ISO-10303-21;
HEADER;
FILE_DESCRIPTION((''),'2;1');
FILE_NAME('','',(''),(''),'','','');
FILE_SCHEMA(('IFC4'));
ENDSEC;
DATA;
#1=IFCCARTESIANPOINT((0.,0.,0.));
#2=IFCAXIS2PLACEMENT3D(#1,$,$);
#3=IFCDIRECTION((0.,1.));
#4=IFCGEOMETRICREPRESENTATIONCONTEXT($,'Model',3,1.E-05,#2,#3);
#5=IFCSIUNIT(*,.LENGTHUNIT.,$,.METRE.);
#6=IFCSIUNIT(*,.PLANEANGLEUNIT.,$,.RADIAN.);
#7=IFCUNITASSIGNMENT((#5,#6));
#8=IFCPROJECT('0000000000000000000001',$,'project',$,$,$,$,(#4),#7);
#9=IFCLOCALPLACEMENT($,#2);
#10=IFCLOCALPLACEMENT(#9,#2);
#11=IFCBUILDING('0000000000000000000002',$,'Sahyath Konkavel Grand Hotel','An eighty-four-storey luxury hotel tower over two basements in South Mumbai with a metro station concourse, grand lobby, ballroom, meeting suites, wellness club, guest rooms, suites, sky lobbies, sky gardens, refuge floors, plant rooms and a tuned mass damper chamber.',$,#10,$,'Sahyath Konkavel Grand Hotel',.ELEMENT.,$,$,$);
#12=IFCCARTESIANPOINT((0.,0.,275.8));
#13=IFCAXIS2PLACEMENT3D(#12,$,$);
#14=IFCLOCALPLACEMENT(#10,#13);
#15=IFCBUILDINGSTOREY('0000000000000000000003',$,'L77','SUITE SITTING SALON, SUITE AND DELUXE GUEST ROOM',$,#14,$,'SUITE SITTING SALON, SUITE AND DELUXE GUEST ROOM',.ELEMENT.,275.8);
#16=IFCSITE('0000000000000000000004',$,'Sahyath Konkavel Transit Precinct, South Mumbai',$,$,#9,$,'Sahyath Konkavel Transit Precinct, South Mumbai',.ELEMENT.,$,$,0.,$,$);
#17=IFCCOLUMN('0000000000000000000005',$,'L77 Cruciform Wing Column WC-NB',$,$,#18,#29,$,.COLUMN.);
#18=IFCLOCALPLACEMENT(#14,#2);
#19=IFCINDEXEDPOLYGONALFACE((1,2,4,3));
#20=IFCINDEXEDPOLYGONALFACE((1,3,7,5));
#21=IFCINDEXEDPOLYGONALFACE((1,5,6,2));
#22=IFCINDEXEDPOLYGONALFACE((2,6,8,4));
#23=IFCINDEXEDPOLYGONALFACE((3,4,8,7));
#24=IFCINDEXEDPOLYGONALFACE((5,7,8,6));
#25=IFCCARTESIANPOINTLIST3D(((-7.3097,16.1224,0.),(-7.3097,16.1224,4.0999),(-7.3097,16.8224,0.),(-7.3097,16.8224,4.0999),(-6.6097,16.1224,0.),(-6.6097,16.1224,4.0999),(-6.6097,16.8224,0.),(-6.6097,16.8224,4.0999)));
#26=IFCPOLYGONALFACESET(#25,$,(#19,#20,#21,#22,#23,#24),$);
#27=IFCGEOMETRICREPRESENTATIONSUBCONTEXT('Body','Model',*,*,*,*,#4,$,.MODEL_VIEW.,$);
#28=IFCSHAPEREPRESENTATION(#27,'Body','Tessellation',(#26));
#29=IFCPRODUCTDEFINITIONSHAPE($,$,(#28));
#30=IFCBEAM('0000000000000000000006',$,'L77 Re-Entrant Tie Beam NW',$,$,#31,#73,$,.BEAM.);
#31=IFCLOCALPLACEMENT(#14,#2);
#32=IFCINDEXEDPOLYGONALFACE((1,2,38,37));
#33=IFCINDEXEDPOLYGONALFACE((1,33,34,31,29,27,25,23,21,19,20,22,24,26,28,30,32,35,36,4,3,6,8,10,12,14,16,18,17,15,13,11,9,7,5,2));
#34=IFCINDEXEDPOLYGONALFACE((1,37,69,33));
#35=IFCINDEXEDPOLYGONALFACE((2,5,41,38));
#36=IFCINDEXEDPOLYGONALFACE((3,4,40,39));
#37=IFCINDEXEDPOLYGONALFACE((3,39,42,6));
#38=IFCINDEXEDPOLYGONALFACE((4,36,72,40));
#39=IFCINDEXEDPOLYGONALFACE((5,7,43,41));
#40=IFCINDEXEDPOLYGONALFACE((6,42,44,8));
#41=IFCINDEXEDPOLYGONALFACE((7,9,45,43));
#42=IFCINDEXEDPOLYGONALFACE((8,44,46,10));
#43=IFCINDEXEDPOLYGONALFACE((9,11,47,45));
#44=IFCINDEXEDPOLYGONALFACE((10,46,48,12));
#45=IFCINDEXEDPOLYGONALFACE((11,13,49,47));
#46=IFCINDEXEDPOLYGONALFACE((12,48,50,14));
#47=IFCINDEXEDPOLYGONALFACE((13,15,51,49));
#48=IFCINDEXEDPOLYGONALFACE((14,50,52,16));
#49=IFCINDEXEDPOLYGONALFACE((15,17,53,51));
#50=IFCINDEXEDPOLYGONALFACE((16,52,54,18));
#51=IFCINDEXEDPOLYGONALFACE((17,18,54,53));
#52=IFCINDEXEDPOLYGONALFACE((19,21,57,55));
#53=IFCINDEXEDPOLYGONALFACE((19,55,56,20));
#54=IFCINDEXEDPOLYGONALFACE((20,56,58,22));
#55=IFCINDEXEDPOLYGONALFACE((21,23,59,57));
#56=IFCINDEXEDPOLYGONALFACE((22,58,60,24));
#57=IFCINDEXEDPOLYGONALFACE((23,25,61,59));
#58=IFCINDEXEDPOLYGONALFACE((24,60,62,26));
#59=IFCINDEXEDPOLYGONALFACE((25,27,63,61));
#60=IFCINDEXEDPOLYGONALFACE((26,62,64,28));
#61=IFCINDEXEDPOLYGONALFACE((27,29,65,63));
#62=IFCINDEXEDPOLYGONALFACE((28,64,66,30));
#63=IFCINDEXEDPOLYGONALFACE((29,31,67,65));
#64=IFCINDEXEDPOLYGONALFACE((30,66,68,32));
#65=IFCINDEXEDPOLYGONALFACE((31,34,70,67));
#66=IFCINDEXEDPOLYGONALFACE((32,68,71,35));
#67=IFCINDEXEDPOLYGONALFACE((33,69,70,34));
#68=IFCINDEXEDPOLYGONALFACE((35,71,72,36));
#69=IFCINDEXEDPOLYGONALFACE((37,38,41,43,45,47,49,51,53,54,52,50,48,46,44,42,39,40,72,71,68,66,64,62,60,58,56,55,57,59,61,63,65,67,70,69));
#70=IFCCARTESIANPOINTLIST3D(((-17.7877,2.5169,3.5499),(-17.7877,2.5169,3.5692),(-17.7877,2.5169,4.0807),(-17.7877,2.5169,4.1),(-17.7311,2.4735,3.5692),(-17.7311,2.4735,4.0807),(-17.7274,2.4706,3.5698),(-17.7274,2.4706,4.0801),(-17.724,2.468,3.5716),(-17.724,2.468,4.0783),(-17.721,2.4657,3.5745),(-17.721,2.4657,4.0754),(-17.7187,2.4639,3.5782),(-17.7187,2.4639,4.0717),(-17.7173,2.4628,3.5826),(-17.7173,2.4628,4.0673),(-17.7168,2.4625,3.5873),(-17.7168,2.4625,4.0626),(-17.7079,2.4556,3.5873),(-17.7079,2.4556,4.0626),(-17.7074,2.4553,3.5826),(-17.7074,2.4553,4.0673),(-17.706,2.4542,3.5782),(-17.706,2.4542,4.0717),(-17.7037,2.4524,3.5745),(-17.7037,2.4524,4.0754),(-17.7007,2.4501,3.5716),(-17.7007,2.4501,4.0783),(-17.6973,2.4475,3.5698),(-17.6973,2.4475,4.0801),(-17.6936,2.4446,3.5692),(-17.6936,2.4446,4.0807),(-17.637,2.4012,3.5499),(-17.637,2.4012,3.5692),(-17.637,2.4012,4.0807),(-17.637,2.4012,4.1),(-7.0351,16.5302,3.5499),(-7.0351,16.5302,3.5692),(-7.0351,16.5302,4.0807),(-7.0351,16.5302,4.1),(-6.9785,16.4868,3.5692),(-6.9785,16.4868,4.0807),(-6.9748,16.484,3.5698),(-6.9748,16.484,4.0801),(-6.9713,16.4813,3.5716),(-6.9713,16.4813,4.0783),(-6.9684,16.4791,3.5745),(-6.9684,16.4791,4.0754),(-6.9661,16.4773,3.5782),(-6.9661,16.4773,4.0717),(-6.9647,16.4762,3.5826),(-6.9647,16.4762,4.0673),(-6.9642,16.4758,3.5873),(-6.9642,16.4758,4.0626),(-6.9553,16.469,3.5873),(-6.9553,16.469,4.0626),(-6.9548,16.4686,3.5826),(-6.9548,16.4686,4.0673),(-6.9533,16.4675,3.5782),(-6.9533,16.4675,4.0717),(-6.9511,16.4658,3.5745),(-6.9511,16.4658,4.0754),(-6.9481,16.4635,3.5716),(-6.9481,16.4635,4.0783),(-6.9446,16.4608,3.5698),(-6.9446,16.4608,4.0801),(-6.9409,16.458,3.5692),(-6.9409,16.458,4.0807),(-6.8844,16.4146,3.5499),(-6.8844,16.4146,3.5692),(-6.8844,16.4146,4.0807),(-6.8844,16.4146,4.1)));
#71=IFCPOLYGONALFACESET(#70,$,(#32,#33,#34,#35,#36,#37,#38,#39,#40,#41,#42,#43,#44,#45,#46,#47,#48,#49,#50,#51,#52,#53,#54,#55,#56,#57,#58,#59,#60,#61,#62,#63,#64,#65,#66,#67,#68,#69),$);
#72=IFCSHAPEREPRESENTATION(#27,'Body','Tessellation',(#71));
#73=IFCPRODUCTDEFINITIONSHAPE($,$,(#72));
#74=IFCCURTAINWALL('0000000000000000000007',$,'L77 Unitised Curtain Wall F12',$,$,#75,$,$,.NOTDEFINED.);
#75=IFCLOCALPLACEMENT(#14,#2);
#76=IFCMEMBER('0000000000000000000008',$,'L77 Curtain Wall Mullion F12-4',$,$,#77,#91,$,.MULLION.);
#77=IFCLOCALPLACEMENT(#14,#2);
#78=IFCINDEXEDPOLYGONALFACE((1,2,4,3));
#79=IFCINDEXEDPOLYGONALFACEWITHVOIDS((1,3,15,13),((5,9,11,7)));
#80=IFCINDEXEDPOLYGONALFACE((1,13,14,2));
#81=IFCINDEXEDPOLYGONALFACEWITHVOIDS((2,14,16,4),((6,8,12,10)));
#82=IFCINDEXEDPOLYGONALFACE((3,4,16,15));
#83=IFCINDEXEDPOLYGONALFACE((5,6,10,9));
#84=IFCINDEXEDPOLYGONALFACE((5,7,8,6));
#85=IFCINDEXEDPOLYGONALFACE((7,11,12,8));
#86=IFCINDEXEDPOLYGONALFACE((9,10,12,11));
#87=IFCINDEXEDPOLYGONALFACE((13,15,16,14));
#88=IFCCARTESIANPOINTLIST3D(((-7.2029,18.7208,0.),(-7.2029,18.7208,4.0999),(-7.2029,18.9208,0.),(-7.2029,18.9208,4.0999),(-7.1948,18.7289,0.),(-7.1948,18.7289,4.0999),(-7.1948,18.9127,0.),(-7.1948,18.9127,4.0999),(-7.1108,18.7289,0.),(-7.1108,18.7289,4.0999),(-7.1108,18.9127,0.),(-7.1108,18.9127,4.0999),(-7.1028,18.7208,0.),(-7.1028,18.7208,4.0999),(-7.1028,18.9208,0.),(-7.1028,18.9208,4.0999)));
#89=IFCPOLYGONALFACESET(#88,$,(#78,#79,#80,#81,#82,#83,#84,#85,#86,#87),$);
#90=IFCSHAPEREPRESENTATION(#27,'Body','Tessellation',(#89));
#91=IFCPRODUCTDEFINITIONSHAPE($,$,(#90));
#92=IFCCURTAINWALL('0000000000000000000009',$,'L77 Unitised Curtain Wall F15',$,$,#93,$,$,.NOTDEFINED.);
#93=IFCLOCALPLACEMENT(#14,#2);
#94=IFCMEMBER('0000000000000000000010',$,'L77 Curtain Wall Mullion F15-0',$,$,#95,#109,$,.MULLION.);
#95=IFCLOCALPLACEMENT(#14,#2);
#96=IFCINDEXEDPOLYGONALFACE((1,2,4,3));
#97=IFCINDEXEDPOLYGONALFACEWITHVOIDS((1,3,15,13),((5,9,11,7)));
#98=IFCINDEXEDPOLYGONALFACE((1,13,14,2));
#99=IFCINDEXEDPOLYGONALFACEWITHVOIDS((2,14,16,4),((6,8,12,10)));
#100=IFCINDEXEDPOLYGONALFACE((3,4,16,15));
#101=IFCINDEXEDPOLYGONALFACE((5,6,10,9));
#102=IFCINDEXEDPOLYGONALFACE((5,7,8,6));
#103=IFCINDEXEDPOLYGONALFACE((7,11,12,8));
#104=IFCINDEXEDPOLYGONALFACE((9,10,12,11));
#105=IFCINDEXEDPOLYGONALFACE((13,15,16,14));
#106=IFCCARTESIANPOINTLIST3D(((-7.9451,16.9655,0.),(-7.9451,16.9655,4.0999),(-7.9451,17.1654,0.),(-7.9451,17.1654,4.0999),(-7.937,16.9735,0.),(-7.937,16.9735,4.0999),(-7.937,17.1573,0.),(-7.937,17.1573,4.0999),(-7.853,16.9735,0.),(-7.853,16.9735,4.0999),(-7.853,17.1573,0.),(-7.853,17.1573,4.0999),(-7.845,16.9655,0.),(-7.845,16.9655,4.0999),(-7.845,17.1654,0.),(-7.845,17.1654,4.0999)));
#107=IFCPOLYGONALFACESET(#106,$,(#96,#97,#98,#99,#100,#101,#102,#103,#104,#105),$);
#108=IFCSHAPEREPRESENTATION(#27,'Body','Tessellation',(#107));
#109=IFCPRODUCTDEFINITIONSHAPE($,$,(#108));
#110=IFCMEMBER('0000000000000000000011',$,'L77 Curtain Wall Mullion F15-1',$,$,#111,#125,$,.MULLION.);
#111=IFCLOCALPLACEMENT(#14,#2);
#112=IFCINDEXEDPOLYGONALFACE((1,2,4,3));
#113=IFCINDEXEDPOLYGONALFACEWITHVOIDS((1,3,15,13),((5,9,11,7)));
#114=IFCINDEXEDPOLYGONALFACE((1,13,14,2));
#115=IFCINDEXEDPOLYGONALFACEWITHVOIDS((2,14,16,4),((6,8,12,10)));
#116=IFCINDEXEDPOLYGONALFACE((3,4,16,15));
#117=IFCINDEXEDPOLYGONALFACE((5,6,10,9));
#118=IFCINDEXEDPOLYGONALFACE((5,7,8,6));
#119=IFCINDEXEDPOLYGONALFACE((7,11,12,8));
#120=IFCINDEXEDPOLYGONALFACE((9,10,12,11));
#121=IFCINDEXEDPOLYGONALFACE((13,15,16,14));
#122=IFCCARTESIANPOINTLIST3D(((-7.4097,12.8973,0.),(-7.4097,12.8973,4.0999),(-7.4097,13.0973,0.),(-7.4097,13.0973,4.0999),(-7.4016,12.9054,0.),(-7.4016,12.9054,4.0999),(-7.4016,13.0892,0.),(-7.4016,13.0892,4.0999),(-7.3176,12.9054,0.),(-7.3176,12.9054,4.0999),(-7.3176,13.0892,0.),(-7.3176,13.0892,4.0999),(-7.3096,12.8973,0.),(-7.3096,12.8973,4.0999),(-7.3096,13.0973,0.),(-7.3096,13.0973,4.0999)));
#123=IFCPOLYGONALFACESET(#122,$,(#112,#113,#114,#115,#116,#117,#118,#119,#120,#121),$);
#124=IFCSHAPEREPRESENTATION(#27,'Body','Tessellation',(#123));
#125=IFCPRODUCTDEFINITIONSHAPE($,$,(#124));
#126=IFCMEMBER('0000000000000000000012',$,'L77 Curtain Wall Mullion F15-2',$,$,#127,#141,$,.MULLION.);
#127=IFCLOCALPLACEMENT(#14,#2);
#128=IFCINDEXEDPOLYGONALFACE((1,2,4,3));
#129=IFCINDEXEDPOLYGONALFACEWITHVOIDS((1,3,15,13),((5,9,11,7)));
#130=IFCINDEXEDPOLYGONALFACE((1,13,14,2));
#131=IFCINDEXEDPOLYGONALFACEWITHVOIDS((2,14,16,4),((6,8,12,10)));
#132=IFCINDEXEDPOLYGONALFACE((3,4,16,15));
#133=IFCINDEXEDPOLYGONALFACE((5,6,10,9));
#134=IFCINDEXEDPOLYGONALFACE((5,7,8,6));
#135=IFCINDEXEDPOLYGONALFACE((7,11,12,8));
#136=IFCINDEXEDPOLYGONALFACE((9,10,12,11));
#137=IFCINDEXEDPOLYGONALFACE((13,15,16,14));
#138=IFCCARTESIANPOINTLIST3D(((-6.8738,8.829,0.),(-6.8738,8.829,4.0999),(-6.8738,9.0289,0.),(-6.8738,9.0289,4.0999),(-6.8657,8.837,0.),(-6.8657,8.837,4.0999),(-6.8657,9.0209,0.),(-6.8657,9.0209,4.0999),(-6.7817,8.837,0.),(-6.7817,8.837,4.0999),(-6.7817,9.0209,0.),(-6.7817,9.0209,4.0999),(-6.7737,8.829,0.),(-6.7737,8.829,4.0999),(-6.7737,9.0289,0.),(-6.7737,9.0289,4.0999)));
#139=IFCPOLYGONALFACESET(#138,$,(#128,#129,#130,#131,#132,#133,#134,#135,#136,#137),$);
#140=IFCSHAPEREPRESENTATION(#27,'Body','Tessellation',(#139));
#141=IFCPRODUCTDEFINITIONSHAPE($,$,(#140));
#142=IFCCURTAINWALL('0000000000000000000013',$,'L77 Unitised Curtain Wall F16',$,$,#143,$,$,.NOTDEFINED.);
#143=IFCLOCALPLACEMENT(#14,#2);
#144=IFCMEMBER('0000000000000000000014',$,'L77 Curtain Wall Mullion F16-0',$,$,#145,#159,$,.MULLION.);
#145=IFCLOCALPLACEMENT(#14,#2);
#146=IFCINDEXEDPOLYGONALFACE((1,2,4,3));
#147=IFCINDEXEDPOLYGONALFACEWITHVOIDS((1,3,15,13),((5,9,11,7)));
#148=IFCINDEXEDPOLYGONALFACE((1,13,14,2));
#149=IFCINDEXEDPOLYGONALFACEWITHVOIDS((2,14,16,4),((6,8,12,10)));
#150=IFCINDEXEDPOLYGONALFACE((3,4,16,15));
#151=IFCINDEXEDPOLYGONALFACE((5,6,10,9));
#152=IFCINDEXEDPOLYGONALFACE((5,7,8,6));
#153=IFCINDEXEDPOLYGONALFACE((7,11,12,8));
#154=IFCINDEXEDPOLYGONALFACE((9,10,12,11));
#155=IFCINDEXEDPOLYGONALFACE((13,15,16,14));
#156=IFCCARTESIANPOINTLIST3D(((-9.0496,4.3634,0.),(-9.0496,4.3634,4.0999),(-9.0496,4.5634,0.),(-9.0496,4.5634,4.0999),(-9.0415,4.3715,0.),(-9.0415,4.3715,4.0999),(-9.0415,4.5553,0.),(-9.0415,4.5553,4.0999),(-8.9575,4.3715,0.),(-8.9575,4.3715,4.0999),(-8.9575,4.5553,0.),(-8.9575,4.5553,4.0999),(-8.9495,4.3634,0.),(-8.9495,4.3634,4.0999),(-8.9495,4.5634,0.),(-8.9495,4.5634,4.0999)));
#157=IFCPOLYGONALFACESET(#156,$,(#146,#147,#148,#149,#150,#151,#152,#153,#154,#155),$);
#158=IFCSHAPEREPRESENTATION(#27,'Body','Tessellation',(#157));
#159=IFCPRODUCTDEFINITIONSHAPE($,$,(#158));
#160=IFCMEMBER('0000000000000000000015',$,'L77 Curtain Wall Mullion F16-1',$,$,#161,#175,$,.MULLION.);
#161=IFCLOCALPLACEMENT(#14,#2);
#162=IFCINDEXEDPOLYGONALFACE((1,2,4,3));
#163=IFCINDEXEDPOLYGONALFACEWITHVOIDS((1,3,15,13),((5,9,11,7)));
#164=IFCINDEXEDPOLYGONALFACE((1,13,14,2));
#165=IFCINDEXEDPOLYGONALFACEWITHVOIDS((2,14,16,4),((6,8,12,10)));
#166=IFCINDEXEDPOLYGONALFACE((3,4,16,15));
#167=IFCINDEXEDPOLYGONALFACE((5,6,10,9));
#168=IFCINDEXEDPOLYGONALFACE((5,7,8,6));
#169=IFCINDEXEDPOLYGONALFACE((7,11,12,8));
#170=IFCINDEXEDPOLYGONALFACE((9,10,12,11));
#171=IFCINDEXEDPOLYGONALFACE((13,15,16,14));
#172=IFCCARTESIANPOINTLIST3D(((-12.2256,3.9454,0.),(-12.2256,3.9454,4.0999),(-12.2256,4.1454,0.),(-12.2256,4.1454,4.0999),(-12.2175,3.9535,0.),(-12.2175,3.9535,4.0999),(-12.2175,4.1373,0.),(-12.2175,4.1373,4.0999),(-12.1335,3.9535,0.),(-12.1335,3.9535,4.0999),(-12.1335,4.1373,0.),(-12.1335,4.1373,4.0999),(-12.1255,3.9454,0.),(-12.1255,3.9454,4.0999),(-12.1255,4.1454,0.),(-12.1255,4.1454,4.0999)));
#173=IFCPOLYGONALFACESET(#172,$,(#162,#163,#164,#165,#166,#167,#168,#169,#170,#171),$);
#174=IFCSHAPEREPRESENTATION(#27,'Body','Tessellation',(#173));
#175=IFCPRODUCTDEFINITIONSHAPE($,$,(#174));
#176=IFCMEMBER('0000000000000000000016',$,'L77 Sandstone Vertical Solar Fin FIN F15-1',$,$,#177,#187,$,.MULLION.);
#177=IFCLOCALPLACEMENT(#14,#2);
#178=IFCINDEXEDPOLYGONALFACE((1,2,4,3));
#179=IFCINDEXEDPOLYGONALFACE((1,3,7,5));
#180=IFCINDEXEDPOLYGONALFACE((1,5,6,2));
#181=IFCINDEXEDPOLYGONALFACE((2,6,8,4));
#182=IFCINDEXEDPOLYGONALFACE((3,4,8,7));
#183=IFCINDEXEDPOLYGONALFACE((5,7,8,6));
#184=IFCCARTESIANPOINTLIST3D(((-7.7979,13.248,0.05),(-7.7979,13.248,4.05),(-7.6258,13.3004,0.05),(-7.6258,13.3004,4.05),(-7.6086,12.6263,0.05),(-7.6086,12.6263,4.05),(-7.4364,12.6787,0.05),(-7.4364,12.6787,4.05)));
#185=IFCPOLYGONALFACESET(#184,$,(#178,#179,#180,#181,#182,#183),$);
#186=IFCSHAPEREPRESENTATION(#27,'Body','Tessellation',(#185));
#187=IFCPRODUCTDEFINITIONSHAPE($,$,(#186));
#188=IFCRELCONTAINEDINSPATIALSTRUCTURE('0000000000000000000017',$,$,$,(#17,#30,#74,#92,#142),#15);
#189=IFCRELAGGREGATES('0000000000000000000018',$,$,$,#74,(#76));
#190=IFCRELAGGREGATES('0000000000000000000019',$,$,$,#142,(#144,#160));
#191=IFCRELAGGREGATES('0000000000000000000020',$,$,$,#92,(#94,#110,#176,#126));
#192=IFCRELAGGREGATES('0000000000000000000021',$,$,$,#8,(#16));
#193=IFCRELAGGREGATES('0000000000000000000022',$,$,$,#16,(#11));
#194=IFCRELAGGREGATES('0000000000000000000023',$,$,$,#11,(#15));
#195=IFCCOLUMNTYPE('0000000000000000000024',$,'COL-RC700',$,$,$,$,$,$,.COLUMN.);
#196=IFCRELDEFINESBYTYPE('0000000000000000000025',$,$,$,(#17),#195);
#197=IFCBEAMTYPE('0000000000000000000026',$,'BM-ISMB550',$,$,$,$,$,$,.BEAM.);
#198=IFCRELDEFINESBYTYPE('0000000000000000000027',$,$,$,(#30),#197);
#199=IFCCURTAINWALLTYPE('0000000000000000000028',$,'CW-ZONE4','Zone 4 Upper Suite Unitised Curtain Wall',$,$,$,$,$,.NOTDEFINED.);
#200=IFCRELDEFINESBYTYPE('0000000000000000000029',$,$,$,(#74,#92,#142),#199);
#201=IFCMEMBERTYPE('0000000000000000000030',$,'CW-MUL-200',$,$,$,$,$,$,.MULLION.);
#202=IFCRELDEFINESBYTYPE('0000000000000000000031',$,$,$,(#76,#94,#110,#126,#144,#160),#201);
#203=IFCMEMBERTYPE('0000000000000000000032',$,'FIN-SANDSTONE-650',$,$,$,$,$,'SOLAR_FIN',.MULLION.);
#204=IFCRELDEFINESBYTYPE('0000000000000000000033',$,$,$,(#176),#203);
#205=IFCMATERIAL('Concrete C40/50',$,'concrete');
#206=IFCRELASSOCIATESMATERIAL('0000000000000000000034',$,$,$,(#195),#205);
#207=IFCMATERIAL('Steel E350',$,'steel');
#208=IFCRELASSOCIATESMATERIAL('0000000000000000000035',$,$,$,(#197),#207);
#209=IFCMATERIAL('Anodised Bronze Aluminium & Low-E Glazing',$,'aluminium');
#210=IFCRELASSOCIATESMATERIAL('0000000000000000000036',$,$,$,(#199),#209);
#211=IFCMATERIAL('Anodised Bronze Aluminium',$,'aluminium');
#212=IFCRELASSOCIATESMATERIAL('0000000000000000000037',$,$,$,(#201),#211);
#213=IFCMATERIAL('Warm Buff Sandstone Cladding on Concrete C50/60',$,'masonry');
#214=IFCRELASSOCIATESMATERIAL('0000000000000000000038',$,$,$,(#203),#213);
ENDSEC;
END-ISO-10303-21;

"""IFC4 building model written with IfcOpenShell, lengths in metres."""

from ifc_helpers import new_model, si_unit, direction, frame, origin, origin_2d, place, context, subcontext, project, spatial, rectangle, hollow_rectangle, i_section, extrude, source, transform, mapped, material, material_profile, profile_set, type_object, element, aggregate, save


model = new_model("IFC4")

# Units and contexts
model_context = context("Model", 3, precision=1e-05, world=origin(), true_north=direction((0.0, 1.0)))
body_context = subcontext(model_context, "Body", "Model", "MODEL_VIEW")
ifc_project = project(units=[si_unit("LENGTHUNIT", "METRE"), si_unit("PLANEANGLEUNIT", "RADIAN")], contexts=[model_context])

# Site, building, storey
site_placement = place(None, origin())
site = spatial("IfcSite", under=ifc_project, at=site_placement, Name="Sahyath Konkavel Transit Precinct, South Mumbai", LongName="Sahyath Konkavel Transit Precinct, South Mumbai", CompositionType="ELEMENT", RefElevation=0.0)
building_placement = place(site_placement, origin())
building = spatial("IfcBuilding", under=site, at=building_placement, Name="Sahyath Konkavel Grand Hotel", Description="An eighty-four-storey luxury hotel tower over two basements in South Mumbai with a metro station concourse, grand lobby, ballroom, meeting suites, wellness club, guest rooms, suites, sky lobbies, sky gardens, refuge floors, plant rooms and a tuned mass damper chamber.", LongName="Sahyath Konkavel Grand Hotel", CompositionType="ELEMENT")
storey_placement = place(building_placement, frame((0.0, 0.0, 275.8)))
storey = spatial("IfcBuildingStorey", under=building, at=storey_placement, Name="L77", Description="SUITE SITTING SALON, SUITE AND DELUXE GUEST ROOM", LongName="SUITE SITTING SALON, SUITE AND DELUXE GUEST ROOM", CompositionType="ELEMENT", Elevation=275.8)

# Column
ifc_material_1 = material(Name="Concrete C40/50", Category="concrete")
ifc_material_profile_1 = material_profile(ifc_material_1, rectangle(XDim=0.7, YDim=0.7, at=origin_2d()), Name="RC 700x700")
ifc_profile_set_1 = profile_set([ifc_material_profile_1], Name="Concrete C40/50")
column_type = type_object("IfcColumnType", Name="COL-RC700", PredefinedType="COLUMN", material=ifc_profile_set_1)
shared_shape_1 = source(origin(), body_context, "Body", "SweptSolid", [
    extrude(rectangle(XDim=0.7, YDim=0.7, at=origin_2d()), origin(), (0.0, 0.0, 1.0), 4.0999),
])
column_placement = place(storey_placement, frame((-6.9597, 16.4724, 0.0), z_axis=(0.0, 0.0, 1.0), x_axis=(1.0, 0.0, 0.0)))
element("IfcColumn", 1, at=column_placement, inside=storey, type_object=column_type, Name="L77 Cruciform Wing Column WC-NB", PredefinedType="COLUMN", context=body_context, shape_type="MappedRepresentation", body=[
    mapped(shared_shape_1, transform((0.0, 0.0, 0.0), scale=1.0)),
])

# Beam
ifc_material_2 = material(Name="Steel E350", Category="steel")
ifc_material_profile_2 = material_profile(ifc_material_2, i_section(OverallWidth=0.1899, OverallDepth=0.55, WebThickness=0.0112, FlangeThickness=0.0193, FilletRadius=0.0181, at=origin_2d()), Name="ISMB 550")
ifc_profile_set_2 = profile_set([ifc_material_profile_2], Name="Steel E350")
beam_type = type_object("IfcBeamType", Name="BM-ISMB550", PredefinedType="BEAM", material=ifc_profile_set_2)
shared_shape_2 = source(origin(), body_context, "Body", "SweptSolid", [
    extrude(i_section(OverallWidth=0.1899, OverallDepth=0.55, WebThickness=0.0112, FlangeThickness=0.0193, FilletRadius=0.0181, at=origin_2d()), origin(), (0.0, 0.0, 1.0), 17.6633),
])
beam_placement = place(storey_placement, frame((-6.9597, 16.4724, 3.825), z_axis=(-0.608754, -0.793359, 0.0), x_axis=(0.793359, -0.608754, 0.0)))
element("IfcBeam", 2, at=beam_placement, inside=storey, type_object=beam_type, Name="L77 Re-Entrant Tie Beam NW", PredefinedType="BEAM", context=body_context, shape_type="MappedRepresentation", body=[
    mapped(shared_shape_2, transform((0.0, 0.0, 0.0), scale=1.0)),
])

# Curtain wall, member
ifc_material_3 = material(Name="Anodised Bronze Aluminium & Low-E Glazing", Category="aluminium")
curtain_wall_type = type_object("IfcCurtainWallType", Name="CW-ZONE4", Description="Zone 4 Upper Suite Unitised Curtain Wall", PredefinedType="NOTDEFINED", material=ifc_material_3)
curtain_wall_1_placement = place(storey_placement, origin())
curtain_wall_1 = element("IfcCurtainWall", 3, at=curtain_wall_1_placement, inside=storey, type_object=curtain_wall_type, Name="L77 Unitised Curtain Wall F12", PredefinedType="NOTDEFINED")
ifc_material_4 = material(Name="Anodised Bronze Aluminium", Category="aluminium")
ifc_material_profile_3 = material_profile(ifc_material_4, hollow_rectangle(XDim=0.1001, YDim=0.2, WallThickness=0.0081, at=origin_2d()), Name="RHS 200x100x8")
ifc_profile_set_3 = profile_set([ifc_material_profile_3], Name="Anodised Bronze Aluminium")
member_type_1 = type_object("IfcMemberType", Name="CW-MUL-200", PredefinedType="MULLION", material=ifc_profile_set_3)
shared_shape_3 = source(origin(), body_context, "Body", "SweptSolid", [
    extrude(hollow_rectangle(XDim=0.1001, YDim=0.2, WallThickness=0.0081, at=origin_2d()), origin(), (0.0, 0.0, 1.0), 4.0999),
])
member_1_placement = place(storey_placement, frame((-7.1528, 18.8208, 0.0), z_axis=(0.0, 0.0, 1.0), x_axis=(1.0, 0.0, 0.0)))
member_1 = element("IfcMember", 4, at=member_1_placement, type_object=member_type_1, Name="L77 Curtain Wall Mullion F12-4", PredefinedType="MULLION", context=body_context, shape_type="MappedRepresentation", body=[
    mapped(shared_shape_3, transform((0.0, 0.0, 0.0), scale=1.0)),
])
aggregate(curtain_wall_1, [member_1])

# Curtain walls, members
curtain_wall_2_placement = place(storey_placement, origin())
curtain_wall_2 = element("IfcCurtainWall", 5, at=curtain_wall_2_placement, inside=storey, type_object=curtain_wall_type, Name="L77 Unitised Curtain Wall F15", PredefinedType="NOTDEFINED")
member_2_placement = place(storey_placement, frame((-7.895, 17.0654, 0.0), z_axis=(0.0, 0.0, 1.0), x_axis=(1.0, 0.0, 0.0)))
member_2 = element("IfcMember", 6, at=member_2_placement, type_object=member_type_1, Name="L77 Curtain Wall Mullion F15-0", PredefinedType="MULLION", context=body_context, shape_type="MappedRepresentation", body=[
    mapped(shared_shape_3, transform((0.0, 0.0, 0.0), scale=1.0)),
])
member_3_placement = place(storey_placement, frame((-7.3596, 12.9973, 0.0), z_axis=(0.0, 0.0, 1.0), x_axis=(1.0, 0.0, 0.0)))
member_3 = element("IfcMember", 7, at=member_3_placement, type_object=member_type_1, Name="L77 Curtain Wall Mullion F15-1", PredefinedType="MULLION", context=body_context, shape_type="MappedRepresentation", body=[
    mapped(shared_shape_3, transform((0.0, 0.0, 0.0), scale=1.0)),
])
member_4_placement = place(storey_placement, frame((-6.8237, 8.929, 0.0), z_axis=(0.0, 0.0, 1.0), x_axis=(1.0, 0.0, 0.0)))
member_4 = element("IfcMember", 8, at=member_4_placement, type_object=member_type_1, Name="L77 Curtain Wall Mullion F15-2", PredefinedType="MULLION", context=body_context, shape_type="MappedRepresentation", body=[
    mapped(shared_shape_3, transform((0.0, 0.0, 0.0), scale=1.0)),
])
curtain_wall_3_placement = place(storey_placement, origin())
curtain_wall_3 = element("IfcCurtainWall", 9, at=curtain_wall_3_placement, inside=storey, type_object=curtain_wall_type, Name="L77 Unitised Curtain Wall F16", PredefinedType="NOTDEFINED")
member_5_placement = place(storey_placement, frame((-8.9995, 4.4634, 0.0), z_axis=(0.0, 0.0, 1.0), x_axis=(1.0, 0.0, 0.0)))
member_5 = element("IfcMember", 10, at=member_5_placement, type_object=member_type_1, Name="L77 Curtain Wall Mullion F16-0", PredefinedType="MULLION", context=body_context, shape_type="MappedRepresentation", body=[
    mapped(shared_shape_3, transform((0.0, 0.0, 0.0), scale=1.0)),
])
member_6_placement = place(storey_placement, frame((-12.1755, 4.0454, 0.0), z_axis=(0.0, 0.0, 1.0), x_axis=(1.0, 0.0, 0.0)))
member_6 = element("IfcMember", 11, at=member_6_placement, type_object=member_type_1, Name="L77 Curtain Wall Mullion F16-1", PredefinedType="MULLION", context=body_context, shape_type="MappedRepresentation", body=[
    mapped(shared_shape_3, transform((0.0, 0.0, 0.0), scale=1.0)),
])

# Member
ifc_material_5 = material(Name="Warm Buff Sandstone Cladding on Concrete C50/60", Category="masonry")
ifc_material_profile_4 = material_profile(ifc_material_5, rectangle(XDim=0.1799, YDim=0.6499, at=origin_2d()), Name="FIN 180x650")
ifc_profile_set_4 = profile_set([ifc_material_profile_4], Name="Warm Buff Sandstone Cladding on Concrete C50/60")
member_type_2 = type_object("IfcMemberType", Name="FIN-SANDSTONE-650", ElementType="SOLAR_FIN", PredefinedType="MULLION", material=ifc_profile_set_4)
shared_shape_4 = source(origin(), body_context, "Body", "SweptSolid", [
    extrude(rectangle(XDim=0.1799, YDim=0.6499, at=origin_2d()), origin(), (0.0, 0.0, 1.0), 4.0),
])
member_7_placement = place(storey_placement, frame((-7.6172, 12.9634, 0.05), z_axis=(0.0, 0.0, 1.0), x_axis=(0.95661, 0.29137, 0.0)))
member_7 = element("IfcMember", 12, at=member_7_placement, type_object=member_type_2, Name="L77 Sandstone Vertical Solar Fin FIN F15-1", PredefinedType="MULLION", context=body_context, shape_type="MappedRepresentation", body=[
    mapped(shared_shape_4, transform((0.0, 0.0, 0.0), scale=1.0)),
])

aggregate(curtain_wall_3, [member_5, member_6])
aggregate(curtain_wall_2, [member_2, member_3, member_7, member_4])

save(model, "model.ifc")
